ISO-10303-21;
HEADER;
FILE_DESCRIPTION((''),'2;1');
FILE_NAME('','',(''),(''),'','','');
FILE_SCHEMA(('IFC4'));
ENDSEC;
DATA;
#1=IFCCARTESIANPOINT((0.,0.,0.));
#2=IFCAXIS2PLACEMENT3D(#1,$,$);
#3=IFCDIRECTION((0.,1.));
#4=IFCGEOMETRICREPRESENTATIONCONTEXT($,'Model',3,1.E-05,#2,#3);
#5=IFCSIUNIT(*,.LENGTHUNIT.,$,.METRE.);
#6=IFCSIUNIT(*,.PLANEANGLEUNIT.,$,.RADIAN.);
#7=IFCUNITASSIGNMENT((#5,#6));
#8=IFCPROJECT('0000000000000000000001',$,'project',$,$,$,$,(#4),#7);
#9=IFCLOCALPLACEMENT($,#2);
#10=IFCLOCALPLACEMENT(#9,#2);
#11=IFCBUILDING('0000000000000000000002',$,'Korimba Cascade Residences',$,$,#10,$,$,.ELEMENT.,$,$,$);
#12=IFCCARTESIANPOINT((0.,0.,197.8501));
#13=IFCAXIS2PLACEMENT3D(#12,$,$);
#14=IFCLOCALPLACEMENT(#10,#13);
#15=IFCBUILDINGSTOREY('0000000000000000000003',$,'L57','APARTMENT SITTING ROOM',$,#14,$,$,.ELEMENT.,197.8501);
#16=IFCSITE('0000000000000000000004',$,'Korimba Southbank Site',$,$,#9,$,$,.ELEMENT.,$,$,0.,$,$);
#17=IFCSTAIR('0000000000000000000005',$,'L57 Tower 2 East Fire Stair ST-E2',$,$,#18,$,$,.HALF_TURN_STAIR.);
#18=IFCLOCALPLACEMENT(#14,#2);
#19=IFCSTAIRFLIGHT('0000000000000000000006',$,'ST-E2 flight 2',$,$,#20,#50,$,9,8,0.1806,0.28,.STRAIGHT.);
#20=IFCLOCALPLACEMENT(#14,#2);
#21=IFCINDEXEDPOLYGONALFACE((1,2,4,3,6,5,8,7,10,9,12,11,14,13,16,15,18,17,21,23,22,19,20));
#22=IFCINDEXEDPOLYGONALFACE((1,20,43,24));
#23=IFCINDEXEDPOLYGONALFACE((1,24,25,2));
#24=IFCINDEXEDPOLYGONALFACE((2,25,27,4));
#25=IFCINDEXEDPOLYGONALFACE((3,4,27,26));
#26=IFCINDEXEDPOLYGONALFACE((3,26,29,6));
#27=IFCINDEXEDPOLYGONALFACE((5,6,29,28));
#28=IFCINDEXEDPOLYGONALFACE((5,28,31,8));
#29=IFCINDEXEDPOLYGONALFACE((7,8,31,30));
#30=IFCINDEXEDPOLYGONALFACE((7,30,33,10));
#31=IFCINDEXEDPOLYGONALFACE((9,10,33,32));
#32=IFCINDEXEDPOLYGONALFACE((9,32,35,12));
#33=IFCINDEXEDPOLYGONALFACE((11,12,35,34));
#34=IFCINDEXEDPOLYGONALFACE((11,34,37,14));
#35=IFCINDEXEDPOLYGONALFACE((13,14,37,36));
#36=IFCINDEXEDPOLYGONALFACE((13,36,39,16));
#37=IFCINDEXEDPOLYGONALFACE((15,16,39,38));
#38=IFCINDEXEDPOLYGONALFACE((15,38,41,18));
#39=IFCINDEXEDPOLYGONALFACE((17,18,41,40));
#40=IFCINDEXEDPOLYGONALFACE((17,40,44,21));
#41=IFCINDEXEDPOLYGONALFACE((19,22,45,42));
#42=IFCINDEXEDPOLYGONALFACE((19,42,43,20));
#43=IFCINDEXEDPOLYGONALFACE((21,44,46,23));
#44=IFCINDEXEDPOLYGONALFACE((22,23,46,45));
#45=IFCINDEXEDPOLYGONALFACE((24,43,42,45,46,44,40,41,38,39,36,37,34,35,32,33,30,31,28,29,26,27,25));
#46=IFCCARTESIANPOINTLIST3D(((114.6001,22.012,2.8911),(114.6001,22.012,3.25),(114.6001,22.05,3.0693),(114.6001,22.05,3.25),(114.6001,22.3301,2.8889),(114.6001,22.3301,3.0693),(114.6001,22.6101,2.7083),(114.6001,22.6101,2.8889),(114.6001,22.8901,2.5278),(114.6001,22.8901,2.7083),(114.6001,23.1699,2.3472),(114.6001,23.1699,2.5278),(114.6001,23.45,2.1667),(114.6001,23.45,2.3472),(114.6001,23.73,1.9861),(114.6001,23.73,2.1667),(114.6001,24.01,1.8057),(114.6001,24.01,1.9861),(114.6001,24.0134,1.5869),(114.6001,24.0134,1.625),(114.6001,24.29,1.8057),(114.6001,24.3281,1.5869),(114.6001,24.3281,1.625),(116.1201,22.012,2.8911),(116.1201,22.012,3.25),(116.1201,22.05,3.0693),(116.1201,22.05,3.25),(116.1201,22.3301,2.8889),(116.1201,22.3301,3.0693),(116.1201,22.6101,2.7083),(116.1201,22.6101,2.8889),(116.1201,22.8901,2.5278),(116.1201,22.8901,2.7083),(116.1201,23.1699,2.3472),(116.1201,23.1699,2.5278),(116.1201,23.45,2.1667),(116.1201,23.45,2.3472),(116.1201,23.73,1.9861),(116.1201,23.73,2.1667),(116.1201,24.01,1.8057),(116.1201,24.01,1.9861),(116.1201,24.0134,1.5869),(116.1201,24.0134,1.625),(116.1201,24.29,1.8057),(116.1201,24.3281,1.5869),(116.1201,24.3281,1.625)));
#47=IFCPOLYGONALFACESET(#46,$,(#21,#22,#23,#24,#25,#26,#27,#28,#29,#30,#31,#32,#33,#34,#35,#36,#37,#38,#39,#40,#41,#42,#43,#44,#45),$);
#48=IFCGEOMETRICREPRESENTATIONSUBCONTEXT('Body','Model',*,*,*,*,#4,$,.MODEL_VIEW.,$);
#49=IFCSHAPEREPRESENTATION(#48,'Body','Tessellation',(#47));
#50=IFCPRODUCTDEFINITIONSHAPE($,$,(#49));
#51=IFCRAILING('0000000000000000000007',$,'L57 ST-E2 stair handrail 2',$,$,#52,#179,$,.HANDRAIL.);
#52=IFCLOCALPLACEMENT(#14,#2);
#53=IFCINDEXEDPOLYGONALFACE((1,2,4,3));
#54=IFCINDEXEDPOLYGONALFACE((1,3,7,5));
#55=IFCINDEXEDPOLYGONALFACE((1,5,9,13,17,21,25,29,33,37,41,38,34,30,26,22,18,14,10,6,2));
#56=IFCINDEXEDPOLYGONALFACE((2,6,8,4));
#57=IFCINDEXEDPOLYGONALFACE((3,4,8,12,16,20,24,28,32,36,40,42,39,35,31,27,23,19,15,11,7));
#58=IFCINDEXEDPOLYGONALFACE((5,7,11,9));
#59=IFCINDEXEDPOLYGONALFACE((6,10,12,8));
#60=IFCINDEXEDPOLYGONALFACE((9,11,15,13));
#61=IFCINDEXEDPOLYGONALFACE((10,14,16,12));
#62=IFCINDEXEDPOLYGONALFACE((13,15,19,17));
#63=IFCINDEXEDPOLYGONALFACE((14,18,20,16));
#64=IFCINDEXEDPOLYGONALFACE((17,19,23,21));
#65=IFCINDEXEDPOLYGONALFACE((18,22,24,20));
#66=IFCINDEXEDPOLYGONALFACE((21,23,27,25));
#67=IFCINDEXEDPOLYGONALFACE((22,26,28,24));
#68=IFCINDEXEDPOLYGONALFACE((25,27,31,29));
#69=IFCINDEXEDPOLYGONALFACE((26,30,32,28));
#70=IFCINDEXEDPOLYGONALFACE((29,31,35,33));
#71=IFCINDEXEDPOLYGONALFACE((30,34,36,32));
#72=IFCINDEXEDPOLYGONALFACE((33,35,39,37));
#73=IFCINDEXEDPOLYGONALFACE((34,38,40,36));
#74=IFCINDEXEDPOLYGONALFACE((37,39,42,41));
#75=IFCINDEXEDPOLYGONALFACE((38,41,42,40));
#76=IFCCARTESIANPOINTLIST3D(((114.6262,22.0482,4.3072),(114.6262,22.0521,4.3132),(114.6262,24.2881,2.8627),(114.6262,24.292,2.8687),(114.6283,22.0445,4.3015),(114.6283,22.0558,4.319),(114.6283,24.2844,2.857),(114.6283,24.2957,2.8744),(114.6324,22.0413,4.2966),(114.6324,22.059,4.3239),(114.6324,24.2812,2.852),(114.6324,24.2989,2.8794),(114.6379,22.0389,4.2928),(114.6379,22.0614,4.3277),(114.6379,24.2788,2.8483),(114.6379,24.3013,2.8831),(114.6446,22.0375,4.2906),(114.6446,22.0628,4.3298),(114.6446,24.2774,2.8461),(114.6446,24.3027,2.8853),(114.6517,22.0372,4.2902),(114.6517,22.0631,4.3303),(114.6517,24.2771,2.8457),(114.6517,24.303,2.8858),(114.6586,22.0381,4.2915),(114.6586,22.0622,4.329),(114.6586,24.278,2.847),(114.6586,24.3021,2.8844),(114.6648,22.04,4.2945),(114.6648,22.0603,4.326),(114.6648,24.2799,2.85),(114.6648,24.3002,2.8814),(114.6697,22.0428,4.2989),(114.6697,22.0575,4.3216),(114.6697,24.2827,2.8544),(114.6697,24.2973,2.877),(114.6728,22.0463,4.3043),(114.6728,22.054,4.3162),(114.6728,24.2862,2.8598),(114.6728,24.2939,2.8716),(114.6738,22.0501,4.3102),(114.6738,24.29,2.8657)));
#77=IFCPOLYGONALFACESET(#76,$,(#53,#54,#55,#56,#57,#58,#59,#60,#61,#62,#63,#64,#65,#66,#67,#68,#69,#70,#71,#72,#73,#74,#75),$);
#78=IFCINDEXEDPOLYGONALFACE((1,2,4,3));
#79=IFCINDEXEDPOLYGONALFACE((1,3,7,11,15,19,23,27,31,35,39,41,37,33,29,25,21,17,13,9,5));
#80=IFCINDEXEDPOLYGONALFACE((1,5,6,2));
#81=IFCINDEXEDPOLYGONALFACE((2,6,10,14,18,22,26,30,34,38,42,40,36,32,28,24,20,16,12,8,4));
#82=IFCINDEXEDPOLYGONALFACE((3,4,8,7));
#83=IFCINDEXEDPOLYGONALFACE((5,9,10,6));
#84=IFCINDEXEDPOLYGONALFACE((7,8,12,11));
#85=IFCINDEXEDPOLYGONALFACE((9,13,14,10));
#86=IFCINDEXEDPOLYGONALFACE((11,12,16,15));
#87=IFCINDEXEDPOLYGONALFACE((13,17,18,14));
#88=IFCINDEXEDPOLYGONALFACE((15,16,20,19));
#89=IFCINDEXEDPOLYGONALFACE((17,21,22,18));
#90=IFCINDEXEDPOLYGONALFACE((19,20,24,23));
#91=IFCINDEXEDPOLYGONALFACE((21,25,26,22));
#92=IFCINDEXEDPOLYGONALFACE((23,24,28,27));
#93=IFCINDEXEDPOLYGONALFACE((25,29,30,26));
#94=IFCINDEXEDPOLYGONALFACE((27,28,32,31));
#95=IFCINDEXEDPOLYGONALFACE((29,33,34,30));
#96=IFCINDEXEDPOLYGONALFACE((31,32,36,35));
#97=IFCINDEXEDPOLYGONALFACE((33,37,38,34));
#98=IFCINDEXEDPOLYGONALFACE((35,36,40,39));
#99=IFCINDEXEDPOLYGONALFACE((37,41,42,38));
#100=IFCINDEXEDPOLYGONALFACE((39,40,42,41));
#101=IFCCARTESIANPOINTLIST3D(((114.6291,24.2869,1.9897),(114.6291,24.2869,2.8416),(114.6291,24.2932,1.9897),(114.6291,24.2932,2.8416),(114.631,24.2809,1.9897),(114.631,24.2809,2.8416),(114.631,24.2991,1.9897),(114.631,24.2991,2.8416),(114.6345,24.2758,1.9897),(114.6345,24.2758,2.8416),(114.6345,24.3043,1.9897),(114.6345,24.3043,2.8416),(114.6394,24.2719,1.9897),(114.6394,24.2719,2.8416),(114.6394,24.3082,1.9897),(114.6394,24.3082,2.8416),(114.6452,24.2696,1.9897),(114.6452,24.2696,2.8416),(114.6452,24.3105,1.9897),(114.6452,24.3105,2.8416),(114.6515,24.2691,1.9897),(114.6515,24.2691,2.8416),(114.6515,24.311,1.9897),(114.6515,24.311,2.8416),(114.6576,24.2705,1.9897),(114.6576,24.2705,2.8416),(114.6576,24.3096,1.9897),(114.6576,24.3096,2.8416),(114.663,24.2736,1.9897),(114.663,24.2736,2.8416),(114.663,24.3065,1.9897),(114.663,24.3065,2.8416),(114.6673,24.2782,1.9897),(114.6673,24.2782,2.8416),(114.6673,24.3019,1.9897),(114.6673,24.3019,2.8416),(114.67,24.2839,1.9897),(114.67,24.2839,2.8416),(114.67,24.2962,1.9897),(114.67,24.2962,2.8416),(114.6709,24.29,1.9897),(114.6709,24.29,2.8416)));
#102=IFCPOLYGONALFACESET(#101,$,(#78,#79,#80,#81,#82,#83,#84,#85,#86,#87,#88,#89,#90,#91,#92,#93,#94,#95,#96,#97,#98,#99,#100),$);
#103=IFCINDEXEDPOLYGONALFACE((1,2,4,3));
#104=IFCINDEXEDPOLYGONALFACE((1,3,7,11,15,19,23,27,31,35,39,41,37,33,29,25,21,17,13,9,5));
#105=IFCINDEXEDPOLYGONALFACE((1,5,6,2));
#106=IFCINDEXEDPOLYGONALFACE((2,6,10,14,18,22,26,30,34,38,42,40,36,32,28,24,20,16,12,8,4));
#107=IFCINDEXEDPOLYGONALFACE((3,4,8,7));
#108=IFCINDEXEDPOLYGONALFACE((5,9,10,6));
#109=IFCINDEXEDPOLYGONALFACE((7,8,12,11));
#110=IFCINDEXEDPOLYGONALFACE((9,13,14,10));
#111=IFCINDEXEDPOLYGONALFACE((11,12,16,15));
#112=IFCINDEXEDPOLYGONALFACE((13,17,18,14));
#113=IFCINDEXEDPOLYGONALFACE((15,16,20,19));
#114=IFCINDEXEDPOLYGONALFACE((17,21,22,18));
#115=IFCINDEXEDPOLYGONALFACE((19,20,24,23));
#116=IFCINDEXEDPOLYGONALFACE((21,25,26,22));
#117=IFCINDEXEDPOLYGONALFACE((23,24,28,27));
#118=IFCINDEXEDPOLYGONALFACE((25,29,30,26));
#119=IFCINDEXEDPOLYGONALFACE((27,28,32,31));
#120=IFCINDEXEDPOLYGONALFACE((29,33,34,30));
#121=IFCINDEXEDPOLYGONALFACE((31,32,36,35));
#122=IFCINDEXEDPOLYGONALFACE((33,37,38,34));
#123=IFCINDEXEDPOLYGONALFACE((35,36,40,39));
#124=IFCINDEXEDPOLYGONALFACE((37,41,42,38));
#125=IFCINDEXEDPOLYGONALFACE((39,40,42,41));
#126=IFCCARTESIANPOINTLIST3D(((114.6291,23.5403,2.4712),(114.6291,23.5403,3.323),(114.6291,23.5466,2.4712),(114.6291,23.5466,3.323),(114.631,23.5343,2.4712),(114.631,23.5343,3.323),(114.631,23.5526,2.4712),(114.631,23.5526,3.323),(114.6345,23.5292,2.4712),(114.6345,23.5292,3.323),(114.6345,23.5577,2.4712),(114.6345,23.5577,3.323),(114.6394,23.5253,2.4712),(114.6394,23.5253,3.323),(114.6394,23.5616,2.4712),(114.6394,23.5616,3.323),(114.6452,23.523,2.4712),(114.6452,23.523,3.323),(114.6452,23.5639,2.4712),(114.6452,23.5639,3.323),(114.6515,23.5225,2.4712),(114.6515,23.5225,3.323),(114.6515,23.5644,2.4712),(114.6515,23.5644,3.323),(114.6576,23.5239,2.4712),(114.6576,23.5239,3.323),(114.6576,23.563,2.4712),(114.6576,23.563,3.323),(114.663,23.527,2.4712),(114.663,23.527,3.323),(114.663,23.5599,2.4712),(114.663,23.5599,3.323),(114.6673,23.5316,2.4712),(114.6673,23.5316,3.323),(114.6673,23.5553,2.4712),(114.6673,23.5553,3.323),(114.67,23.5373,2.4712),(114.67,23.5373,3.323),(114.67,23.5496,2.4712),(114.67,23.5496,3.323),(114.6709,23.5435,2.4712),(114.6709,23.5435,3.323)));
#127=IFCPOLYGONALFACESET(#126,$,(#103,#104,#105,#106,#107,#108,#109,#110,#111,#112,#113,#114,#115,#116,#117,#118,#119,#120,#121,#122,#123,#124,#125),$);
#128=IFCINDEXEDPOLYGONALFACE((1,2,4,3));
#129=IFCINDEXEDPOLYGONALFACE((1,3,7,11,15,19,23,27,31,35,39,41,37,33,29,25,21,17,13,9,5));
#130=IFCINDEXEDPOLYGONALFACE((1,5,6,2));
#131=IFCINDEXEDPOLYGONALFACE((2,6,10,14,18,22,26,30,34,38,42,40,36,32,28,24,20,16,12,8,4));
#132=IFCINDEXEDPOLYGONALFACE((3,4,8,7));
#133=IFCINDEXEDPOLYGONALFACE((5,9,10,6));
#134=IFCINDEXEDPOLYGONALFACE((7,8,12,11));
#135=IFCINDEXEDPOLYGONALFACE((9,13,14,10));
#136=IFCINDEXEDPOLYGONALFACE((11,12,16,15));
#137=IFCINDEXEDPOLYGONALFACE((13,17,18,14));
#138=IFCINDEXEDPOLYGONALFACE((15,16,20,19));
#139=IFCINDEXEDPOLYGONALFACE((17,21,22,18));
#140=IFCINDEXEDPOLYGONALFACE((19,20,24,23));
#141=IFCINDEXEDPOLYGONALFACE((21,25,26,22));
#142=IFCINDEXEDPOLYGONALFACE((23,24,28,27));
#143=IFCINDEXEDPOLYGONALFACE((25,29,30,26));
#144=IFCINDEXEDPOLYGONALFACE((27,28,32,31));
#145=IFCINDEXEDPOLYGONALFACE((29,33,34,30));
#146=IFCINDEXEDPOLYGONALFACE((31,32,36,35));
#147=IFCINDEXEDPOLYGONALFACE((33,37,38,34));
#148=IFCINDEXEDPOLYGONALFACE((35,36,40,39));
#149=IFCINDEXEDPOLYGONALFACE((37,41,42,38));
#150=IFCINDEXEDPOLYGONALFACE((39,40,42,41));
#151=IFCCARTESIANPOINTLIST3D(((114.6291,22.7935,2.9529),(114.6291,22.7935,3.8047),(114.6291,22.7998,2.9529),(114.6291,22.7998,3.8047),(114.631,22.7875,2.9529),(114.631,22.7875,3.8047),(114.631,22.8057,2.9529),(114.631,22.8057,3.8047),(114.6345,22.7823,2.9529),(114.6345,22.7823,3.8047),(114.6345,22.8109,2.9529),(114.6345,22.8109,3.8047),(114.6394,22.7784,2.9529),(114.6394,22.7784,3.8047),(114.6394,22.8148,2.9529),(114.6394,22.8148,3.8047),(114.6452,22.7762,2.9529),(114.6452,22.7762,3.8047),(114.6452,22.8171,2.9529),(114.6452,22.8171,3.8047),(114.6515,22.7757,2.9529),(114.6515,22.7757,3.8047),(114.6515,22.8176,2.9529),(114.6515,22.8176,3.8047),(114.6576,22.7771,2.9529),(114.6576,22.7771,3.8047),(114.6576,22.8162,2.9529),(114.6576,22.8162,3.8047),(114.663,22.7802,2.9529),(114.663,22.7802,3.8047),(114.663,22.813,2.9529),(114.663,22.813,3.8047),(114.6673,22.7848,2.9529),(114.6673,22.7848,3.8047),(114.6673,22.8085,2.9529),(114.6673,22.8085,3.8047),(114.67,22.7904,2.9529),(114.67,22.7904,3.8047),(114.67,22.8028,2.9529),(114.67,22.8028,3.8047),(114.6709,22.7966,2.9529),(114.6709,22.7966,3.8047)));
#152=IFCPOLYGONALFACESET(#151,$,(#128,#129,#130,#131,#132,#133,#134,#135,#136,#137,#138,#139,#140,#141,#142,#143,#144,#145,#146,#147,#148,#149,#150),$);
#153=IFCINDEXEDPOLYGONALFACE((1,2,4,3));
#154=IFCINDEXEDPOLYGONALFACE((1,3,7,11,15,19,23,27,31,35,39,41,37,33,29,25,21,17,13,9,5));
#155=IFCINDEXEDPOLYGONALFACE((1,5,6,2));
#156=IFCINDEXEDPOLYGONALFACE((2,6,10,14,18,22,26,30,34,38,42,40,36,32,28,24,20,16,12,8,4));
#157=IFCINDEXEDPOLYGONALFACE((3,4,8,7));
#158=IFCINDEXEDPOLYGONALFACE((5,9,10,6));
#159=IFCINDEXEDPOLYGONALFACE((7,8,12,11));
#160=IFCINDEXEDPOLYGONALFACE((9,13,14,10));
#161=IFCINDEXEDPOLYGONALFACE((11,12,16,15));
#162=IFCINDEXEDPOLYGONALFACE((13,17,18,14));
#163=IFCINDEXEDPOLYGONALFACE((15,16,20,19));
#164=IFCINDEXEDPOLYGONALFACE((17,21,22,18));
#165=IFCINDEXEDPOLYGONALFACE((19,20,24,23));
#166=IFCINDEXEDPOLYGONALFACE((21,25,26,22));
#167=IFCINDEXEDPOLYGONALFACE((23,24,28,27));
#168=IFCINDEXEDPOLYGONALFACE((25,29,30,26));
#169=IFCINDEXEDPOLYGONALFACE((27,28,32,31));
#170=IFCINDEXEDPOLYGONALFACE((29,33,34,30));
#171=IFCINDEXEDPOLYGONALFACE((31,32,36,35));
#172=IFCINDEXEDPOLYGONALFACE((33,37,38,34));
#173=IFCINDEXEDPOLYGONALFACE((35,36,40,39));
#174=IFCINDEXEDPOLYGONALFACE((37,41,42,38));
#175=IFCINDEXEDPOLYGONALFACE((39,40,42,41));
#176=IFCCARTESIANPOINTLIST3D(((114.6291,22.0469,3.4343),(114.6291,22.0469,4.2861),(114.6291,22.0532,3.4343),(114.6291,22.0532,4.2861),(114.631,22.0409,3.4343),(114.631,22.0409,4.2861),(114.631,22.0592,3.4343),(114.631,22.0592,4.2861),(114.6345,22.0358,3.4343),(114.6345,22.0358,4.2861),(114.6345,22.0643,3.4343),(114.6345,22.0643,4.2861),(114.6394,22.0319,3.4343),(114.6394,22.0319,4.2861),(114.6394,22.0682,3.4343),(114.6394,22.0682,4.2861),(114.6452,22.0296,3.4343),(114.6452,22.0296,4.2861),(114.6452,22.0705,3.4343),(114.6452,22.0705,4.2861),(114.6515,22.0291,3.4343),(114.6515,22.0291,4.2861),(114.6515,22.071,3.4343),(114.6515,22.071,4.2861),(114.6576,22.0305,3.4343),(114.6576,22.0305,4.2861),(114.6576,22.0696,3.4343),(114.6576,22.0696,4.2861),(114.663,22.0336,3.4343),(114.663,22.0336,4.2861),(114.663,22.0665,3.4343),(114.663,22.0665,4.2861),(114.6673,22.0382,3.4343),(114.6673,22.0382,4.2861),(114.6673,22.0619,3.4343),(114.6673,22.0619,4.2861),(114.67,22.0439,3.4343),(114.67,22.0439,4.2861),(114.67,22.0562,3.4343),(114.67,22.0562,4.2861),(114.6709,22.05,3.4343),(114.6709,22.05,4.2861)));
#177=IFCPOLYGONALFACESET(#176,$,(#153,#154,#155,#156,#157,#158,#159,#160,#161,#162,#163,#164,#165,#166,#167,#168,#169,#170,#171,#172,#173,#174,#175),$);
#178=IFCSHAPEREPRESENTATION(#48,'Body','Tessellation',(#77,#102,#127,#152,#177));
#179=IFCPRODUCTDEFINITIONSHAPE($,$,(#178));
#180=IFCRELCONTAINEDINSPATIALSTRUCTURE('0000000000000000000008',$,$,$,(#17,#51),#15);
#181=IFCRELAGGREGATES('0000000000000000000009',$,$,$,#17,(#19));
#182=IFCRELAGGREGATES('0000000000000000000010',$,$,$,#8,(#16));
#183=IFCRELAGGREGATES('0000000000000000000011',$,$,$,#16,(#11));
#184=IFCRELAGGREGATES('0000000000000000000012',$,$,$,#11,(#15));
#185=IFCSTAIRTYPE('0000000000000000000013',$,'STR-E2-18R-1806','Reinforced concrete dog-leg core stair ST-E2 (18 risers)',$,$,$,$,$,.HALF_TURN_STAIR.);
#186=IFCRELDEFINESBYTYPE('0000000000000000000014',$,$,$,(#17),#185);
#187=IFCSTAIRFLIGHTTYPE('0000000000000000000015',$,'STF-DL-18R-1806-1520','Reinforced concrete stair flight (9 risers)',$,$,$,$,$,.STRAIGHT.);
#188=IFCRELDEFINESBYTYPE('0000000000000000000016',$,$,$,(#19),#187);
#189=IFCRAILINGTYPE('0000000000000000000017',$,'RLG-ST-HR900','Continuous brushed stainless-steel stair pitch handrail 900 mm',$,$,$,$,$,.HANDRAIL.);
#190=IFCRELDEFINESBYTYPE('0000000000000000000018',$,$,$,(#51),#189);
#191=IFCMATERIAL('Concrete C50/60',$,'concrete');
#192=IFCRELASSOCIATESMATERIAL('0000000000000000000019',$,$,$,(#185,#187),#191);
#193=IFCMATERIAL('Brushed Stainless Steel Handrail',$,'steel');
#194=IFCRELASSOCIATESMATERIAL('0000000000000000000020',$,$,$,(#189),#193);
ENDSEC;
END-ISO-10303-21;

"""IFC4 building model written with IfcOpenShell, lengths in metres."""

from ifc_helpers import new_model, si_unit, direction, frame, origin, origin_2d, place, context, subcontext, project, spatial, polyline, circle, outline, extrude, material, type_object, element, aggregate, save


model = new_model("IFC4")

# Units and contexts
model_context = context("Model", 3, precision=1e-05, world=origin(), true_north=direction((0.0, 1.0)))
body_context = subcontext(model_context, "Body", "Model", "MODEL_VIEW")
ifc_project = project(units=[si_unit("LENGTHUNIT", "METRE"), si_unit("PLANEANGLEUNIT", "RADIAN")], contexts=[model_context])

# Site, building, storey
site_placement = place(None, origin())
site = spatial("IfcSite", under=ifc_project, at=site_placement, Name="Korimba Southbank Site", CompositionType="ELEMENT", RefElevation=0.0)
building_placement = place(site_placement, origin())
building = spatial("IfcBuilding", under=site, at=building_placement, Name="Korimba Cascade Residences", CompositionType="ELEMENT")
storey_placement = place(building_placement, frame((0.0, 0.0, 197.8501)))
storey = spatial("IfcBuildingStorey", under=building, at=storey_placement, Name="L57", Description="APARTMENT SITTING ROOM", CompositionType="ELEMENT", Elevation=197.8501)

# Shared definitions
ifc_material_1 = material(Name="Concrete C50/60", Category="concrete")

# Stair, stair flight
stair_type = type_object("IfcStairType", Name="STR-E2-18R-1806", Description="Reinforced concrete dog-leg core stair ST-E2 (18 risers)", PredefinedType="HALF_TURN_STAIR", material=ifc_material_1)
stair_placement = place(storey_placement, origin())
stair = element("IfcStair", 1, at=stair_placement, inside=storey, type_object=stair_type, Name="L57 Tower 2 East Fire Stair ST-E2", PredefinedType="HALF_TURN_STAIR")
stair_flight_type = type_object("IfcStairFlightType", Name="STF-DL-18R-1806-1520", Description="Reinforced concrete stair flight (9 risers)", PredefinedType="STRAIGHT", material=ifc_material_1)
stair_flight_placement = place(storey_placement, frame((115.3601, 24.29, 1.625), z_axis=(0.0, 0.0, 1.0), x_axis=(0.0, -1.0, 0.0)))
stair_flight = element("IfcStairFlight", 2, at=stair_flight_placement, type_object=stair_flight_type, Name="ST-E2 flight 2", NumberOfRisers=9, NumberOfTreads=8, PredefinedType="STRAIGHT", RiserHeight=0.1806, TreadLength=0.28, context=body_context, shape_type="SweptSolid", body=[
    extrude(outline(polyline([(-0.0381, 0.0), (0.0, 0.1807), (0.28, 0.1807), (0.28, 0.3611), (0.5601, 0.3611), (0.5601, 0.5417), (0.8401, 0.5417), (0.8401, 0.7222), (1.1201, 0.7222), (1.1201, 0.9028), (1.3999, 0.9028), (1.3999, 1.0833), (1.6799, 1.0833), (1.6799, 1.2639), (1.96, 1.2639), (1.96, 1.4443), (2.24, 1.4443), (2.24, 1.625), (2.2781, 1.625), (2.2781, 1.2661), (0.2766, 0.0), (0.2766, -0.0381), (-0.0381, -0.0381), (-0.0381, 0.0)])), frame((0.0, 0.76, 0.0), z_axis=(0.0, -1.0, 0.0), x_axis=(1.0, 0.0, 0.0)), (0.0, 0.0, 1.0), 1.52),
])
aggregate(stair, [stair_flight])

# Railing
ifc_material_2 = material(Name="Brushed Stainless Steel Handrail", Category="steel")
railing_type = type_object("IfcRailingType", Name="RLG-ST-HR900", Description="Continuous brushed stainless-steel stair pitch handrail 900 mm", PredefinedType="HANDRAIL", material=ifc_material_2)
railing_placement = place(storey_placement, frame((114.6499, 24.29, 1.9897)))
element("IfcRailing", 3, at=railing_placement, inside=storey, type_object=railing_type, Name="L57 ST-E2 stair handrail 2", PredefinedType="HANDRAIL", context=body_context, shape_type="SweptSolid", body=[
    extrude(circle(Radius=0.0239, at=origin_2d()), frame((0.0, 0.0, 0.876), z_axis=(0.0, -0.840395, 0.541975), x_axis=(1.0, 0.0, 0.0)), (0.0, 0.0, 1.0), 2.6653),
    extrude(circle(Radius=0.021, at=origin_2d()), origin(), (0.0, 0.0, 1.0), 0.8518),
    extrude(circle(Radius=0.021, at=origin_2d()), frame((0.0, -0.7466, 0.4814)), (0.0, 0.0, 1.0), 0.8518),
    extrude(circle(Radius=0.021, at=origin_2d()), frame((0.0, -1.4934, 0.9631)), (0.0, 0.0, 1.0), 0.8518),
    extrude(circle(Radius=0.021, at=origin_2d()), frame((0.0, -2.24, 1.4446)), (0.0, 0.0, 1.0), 0.8518),
])

save(model, "model.ifc")
